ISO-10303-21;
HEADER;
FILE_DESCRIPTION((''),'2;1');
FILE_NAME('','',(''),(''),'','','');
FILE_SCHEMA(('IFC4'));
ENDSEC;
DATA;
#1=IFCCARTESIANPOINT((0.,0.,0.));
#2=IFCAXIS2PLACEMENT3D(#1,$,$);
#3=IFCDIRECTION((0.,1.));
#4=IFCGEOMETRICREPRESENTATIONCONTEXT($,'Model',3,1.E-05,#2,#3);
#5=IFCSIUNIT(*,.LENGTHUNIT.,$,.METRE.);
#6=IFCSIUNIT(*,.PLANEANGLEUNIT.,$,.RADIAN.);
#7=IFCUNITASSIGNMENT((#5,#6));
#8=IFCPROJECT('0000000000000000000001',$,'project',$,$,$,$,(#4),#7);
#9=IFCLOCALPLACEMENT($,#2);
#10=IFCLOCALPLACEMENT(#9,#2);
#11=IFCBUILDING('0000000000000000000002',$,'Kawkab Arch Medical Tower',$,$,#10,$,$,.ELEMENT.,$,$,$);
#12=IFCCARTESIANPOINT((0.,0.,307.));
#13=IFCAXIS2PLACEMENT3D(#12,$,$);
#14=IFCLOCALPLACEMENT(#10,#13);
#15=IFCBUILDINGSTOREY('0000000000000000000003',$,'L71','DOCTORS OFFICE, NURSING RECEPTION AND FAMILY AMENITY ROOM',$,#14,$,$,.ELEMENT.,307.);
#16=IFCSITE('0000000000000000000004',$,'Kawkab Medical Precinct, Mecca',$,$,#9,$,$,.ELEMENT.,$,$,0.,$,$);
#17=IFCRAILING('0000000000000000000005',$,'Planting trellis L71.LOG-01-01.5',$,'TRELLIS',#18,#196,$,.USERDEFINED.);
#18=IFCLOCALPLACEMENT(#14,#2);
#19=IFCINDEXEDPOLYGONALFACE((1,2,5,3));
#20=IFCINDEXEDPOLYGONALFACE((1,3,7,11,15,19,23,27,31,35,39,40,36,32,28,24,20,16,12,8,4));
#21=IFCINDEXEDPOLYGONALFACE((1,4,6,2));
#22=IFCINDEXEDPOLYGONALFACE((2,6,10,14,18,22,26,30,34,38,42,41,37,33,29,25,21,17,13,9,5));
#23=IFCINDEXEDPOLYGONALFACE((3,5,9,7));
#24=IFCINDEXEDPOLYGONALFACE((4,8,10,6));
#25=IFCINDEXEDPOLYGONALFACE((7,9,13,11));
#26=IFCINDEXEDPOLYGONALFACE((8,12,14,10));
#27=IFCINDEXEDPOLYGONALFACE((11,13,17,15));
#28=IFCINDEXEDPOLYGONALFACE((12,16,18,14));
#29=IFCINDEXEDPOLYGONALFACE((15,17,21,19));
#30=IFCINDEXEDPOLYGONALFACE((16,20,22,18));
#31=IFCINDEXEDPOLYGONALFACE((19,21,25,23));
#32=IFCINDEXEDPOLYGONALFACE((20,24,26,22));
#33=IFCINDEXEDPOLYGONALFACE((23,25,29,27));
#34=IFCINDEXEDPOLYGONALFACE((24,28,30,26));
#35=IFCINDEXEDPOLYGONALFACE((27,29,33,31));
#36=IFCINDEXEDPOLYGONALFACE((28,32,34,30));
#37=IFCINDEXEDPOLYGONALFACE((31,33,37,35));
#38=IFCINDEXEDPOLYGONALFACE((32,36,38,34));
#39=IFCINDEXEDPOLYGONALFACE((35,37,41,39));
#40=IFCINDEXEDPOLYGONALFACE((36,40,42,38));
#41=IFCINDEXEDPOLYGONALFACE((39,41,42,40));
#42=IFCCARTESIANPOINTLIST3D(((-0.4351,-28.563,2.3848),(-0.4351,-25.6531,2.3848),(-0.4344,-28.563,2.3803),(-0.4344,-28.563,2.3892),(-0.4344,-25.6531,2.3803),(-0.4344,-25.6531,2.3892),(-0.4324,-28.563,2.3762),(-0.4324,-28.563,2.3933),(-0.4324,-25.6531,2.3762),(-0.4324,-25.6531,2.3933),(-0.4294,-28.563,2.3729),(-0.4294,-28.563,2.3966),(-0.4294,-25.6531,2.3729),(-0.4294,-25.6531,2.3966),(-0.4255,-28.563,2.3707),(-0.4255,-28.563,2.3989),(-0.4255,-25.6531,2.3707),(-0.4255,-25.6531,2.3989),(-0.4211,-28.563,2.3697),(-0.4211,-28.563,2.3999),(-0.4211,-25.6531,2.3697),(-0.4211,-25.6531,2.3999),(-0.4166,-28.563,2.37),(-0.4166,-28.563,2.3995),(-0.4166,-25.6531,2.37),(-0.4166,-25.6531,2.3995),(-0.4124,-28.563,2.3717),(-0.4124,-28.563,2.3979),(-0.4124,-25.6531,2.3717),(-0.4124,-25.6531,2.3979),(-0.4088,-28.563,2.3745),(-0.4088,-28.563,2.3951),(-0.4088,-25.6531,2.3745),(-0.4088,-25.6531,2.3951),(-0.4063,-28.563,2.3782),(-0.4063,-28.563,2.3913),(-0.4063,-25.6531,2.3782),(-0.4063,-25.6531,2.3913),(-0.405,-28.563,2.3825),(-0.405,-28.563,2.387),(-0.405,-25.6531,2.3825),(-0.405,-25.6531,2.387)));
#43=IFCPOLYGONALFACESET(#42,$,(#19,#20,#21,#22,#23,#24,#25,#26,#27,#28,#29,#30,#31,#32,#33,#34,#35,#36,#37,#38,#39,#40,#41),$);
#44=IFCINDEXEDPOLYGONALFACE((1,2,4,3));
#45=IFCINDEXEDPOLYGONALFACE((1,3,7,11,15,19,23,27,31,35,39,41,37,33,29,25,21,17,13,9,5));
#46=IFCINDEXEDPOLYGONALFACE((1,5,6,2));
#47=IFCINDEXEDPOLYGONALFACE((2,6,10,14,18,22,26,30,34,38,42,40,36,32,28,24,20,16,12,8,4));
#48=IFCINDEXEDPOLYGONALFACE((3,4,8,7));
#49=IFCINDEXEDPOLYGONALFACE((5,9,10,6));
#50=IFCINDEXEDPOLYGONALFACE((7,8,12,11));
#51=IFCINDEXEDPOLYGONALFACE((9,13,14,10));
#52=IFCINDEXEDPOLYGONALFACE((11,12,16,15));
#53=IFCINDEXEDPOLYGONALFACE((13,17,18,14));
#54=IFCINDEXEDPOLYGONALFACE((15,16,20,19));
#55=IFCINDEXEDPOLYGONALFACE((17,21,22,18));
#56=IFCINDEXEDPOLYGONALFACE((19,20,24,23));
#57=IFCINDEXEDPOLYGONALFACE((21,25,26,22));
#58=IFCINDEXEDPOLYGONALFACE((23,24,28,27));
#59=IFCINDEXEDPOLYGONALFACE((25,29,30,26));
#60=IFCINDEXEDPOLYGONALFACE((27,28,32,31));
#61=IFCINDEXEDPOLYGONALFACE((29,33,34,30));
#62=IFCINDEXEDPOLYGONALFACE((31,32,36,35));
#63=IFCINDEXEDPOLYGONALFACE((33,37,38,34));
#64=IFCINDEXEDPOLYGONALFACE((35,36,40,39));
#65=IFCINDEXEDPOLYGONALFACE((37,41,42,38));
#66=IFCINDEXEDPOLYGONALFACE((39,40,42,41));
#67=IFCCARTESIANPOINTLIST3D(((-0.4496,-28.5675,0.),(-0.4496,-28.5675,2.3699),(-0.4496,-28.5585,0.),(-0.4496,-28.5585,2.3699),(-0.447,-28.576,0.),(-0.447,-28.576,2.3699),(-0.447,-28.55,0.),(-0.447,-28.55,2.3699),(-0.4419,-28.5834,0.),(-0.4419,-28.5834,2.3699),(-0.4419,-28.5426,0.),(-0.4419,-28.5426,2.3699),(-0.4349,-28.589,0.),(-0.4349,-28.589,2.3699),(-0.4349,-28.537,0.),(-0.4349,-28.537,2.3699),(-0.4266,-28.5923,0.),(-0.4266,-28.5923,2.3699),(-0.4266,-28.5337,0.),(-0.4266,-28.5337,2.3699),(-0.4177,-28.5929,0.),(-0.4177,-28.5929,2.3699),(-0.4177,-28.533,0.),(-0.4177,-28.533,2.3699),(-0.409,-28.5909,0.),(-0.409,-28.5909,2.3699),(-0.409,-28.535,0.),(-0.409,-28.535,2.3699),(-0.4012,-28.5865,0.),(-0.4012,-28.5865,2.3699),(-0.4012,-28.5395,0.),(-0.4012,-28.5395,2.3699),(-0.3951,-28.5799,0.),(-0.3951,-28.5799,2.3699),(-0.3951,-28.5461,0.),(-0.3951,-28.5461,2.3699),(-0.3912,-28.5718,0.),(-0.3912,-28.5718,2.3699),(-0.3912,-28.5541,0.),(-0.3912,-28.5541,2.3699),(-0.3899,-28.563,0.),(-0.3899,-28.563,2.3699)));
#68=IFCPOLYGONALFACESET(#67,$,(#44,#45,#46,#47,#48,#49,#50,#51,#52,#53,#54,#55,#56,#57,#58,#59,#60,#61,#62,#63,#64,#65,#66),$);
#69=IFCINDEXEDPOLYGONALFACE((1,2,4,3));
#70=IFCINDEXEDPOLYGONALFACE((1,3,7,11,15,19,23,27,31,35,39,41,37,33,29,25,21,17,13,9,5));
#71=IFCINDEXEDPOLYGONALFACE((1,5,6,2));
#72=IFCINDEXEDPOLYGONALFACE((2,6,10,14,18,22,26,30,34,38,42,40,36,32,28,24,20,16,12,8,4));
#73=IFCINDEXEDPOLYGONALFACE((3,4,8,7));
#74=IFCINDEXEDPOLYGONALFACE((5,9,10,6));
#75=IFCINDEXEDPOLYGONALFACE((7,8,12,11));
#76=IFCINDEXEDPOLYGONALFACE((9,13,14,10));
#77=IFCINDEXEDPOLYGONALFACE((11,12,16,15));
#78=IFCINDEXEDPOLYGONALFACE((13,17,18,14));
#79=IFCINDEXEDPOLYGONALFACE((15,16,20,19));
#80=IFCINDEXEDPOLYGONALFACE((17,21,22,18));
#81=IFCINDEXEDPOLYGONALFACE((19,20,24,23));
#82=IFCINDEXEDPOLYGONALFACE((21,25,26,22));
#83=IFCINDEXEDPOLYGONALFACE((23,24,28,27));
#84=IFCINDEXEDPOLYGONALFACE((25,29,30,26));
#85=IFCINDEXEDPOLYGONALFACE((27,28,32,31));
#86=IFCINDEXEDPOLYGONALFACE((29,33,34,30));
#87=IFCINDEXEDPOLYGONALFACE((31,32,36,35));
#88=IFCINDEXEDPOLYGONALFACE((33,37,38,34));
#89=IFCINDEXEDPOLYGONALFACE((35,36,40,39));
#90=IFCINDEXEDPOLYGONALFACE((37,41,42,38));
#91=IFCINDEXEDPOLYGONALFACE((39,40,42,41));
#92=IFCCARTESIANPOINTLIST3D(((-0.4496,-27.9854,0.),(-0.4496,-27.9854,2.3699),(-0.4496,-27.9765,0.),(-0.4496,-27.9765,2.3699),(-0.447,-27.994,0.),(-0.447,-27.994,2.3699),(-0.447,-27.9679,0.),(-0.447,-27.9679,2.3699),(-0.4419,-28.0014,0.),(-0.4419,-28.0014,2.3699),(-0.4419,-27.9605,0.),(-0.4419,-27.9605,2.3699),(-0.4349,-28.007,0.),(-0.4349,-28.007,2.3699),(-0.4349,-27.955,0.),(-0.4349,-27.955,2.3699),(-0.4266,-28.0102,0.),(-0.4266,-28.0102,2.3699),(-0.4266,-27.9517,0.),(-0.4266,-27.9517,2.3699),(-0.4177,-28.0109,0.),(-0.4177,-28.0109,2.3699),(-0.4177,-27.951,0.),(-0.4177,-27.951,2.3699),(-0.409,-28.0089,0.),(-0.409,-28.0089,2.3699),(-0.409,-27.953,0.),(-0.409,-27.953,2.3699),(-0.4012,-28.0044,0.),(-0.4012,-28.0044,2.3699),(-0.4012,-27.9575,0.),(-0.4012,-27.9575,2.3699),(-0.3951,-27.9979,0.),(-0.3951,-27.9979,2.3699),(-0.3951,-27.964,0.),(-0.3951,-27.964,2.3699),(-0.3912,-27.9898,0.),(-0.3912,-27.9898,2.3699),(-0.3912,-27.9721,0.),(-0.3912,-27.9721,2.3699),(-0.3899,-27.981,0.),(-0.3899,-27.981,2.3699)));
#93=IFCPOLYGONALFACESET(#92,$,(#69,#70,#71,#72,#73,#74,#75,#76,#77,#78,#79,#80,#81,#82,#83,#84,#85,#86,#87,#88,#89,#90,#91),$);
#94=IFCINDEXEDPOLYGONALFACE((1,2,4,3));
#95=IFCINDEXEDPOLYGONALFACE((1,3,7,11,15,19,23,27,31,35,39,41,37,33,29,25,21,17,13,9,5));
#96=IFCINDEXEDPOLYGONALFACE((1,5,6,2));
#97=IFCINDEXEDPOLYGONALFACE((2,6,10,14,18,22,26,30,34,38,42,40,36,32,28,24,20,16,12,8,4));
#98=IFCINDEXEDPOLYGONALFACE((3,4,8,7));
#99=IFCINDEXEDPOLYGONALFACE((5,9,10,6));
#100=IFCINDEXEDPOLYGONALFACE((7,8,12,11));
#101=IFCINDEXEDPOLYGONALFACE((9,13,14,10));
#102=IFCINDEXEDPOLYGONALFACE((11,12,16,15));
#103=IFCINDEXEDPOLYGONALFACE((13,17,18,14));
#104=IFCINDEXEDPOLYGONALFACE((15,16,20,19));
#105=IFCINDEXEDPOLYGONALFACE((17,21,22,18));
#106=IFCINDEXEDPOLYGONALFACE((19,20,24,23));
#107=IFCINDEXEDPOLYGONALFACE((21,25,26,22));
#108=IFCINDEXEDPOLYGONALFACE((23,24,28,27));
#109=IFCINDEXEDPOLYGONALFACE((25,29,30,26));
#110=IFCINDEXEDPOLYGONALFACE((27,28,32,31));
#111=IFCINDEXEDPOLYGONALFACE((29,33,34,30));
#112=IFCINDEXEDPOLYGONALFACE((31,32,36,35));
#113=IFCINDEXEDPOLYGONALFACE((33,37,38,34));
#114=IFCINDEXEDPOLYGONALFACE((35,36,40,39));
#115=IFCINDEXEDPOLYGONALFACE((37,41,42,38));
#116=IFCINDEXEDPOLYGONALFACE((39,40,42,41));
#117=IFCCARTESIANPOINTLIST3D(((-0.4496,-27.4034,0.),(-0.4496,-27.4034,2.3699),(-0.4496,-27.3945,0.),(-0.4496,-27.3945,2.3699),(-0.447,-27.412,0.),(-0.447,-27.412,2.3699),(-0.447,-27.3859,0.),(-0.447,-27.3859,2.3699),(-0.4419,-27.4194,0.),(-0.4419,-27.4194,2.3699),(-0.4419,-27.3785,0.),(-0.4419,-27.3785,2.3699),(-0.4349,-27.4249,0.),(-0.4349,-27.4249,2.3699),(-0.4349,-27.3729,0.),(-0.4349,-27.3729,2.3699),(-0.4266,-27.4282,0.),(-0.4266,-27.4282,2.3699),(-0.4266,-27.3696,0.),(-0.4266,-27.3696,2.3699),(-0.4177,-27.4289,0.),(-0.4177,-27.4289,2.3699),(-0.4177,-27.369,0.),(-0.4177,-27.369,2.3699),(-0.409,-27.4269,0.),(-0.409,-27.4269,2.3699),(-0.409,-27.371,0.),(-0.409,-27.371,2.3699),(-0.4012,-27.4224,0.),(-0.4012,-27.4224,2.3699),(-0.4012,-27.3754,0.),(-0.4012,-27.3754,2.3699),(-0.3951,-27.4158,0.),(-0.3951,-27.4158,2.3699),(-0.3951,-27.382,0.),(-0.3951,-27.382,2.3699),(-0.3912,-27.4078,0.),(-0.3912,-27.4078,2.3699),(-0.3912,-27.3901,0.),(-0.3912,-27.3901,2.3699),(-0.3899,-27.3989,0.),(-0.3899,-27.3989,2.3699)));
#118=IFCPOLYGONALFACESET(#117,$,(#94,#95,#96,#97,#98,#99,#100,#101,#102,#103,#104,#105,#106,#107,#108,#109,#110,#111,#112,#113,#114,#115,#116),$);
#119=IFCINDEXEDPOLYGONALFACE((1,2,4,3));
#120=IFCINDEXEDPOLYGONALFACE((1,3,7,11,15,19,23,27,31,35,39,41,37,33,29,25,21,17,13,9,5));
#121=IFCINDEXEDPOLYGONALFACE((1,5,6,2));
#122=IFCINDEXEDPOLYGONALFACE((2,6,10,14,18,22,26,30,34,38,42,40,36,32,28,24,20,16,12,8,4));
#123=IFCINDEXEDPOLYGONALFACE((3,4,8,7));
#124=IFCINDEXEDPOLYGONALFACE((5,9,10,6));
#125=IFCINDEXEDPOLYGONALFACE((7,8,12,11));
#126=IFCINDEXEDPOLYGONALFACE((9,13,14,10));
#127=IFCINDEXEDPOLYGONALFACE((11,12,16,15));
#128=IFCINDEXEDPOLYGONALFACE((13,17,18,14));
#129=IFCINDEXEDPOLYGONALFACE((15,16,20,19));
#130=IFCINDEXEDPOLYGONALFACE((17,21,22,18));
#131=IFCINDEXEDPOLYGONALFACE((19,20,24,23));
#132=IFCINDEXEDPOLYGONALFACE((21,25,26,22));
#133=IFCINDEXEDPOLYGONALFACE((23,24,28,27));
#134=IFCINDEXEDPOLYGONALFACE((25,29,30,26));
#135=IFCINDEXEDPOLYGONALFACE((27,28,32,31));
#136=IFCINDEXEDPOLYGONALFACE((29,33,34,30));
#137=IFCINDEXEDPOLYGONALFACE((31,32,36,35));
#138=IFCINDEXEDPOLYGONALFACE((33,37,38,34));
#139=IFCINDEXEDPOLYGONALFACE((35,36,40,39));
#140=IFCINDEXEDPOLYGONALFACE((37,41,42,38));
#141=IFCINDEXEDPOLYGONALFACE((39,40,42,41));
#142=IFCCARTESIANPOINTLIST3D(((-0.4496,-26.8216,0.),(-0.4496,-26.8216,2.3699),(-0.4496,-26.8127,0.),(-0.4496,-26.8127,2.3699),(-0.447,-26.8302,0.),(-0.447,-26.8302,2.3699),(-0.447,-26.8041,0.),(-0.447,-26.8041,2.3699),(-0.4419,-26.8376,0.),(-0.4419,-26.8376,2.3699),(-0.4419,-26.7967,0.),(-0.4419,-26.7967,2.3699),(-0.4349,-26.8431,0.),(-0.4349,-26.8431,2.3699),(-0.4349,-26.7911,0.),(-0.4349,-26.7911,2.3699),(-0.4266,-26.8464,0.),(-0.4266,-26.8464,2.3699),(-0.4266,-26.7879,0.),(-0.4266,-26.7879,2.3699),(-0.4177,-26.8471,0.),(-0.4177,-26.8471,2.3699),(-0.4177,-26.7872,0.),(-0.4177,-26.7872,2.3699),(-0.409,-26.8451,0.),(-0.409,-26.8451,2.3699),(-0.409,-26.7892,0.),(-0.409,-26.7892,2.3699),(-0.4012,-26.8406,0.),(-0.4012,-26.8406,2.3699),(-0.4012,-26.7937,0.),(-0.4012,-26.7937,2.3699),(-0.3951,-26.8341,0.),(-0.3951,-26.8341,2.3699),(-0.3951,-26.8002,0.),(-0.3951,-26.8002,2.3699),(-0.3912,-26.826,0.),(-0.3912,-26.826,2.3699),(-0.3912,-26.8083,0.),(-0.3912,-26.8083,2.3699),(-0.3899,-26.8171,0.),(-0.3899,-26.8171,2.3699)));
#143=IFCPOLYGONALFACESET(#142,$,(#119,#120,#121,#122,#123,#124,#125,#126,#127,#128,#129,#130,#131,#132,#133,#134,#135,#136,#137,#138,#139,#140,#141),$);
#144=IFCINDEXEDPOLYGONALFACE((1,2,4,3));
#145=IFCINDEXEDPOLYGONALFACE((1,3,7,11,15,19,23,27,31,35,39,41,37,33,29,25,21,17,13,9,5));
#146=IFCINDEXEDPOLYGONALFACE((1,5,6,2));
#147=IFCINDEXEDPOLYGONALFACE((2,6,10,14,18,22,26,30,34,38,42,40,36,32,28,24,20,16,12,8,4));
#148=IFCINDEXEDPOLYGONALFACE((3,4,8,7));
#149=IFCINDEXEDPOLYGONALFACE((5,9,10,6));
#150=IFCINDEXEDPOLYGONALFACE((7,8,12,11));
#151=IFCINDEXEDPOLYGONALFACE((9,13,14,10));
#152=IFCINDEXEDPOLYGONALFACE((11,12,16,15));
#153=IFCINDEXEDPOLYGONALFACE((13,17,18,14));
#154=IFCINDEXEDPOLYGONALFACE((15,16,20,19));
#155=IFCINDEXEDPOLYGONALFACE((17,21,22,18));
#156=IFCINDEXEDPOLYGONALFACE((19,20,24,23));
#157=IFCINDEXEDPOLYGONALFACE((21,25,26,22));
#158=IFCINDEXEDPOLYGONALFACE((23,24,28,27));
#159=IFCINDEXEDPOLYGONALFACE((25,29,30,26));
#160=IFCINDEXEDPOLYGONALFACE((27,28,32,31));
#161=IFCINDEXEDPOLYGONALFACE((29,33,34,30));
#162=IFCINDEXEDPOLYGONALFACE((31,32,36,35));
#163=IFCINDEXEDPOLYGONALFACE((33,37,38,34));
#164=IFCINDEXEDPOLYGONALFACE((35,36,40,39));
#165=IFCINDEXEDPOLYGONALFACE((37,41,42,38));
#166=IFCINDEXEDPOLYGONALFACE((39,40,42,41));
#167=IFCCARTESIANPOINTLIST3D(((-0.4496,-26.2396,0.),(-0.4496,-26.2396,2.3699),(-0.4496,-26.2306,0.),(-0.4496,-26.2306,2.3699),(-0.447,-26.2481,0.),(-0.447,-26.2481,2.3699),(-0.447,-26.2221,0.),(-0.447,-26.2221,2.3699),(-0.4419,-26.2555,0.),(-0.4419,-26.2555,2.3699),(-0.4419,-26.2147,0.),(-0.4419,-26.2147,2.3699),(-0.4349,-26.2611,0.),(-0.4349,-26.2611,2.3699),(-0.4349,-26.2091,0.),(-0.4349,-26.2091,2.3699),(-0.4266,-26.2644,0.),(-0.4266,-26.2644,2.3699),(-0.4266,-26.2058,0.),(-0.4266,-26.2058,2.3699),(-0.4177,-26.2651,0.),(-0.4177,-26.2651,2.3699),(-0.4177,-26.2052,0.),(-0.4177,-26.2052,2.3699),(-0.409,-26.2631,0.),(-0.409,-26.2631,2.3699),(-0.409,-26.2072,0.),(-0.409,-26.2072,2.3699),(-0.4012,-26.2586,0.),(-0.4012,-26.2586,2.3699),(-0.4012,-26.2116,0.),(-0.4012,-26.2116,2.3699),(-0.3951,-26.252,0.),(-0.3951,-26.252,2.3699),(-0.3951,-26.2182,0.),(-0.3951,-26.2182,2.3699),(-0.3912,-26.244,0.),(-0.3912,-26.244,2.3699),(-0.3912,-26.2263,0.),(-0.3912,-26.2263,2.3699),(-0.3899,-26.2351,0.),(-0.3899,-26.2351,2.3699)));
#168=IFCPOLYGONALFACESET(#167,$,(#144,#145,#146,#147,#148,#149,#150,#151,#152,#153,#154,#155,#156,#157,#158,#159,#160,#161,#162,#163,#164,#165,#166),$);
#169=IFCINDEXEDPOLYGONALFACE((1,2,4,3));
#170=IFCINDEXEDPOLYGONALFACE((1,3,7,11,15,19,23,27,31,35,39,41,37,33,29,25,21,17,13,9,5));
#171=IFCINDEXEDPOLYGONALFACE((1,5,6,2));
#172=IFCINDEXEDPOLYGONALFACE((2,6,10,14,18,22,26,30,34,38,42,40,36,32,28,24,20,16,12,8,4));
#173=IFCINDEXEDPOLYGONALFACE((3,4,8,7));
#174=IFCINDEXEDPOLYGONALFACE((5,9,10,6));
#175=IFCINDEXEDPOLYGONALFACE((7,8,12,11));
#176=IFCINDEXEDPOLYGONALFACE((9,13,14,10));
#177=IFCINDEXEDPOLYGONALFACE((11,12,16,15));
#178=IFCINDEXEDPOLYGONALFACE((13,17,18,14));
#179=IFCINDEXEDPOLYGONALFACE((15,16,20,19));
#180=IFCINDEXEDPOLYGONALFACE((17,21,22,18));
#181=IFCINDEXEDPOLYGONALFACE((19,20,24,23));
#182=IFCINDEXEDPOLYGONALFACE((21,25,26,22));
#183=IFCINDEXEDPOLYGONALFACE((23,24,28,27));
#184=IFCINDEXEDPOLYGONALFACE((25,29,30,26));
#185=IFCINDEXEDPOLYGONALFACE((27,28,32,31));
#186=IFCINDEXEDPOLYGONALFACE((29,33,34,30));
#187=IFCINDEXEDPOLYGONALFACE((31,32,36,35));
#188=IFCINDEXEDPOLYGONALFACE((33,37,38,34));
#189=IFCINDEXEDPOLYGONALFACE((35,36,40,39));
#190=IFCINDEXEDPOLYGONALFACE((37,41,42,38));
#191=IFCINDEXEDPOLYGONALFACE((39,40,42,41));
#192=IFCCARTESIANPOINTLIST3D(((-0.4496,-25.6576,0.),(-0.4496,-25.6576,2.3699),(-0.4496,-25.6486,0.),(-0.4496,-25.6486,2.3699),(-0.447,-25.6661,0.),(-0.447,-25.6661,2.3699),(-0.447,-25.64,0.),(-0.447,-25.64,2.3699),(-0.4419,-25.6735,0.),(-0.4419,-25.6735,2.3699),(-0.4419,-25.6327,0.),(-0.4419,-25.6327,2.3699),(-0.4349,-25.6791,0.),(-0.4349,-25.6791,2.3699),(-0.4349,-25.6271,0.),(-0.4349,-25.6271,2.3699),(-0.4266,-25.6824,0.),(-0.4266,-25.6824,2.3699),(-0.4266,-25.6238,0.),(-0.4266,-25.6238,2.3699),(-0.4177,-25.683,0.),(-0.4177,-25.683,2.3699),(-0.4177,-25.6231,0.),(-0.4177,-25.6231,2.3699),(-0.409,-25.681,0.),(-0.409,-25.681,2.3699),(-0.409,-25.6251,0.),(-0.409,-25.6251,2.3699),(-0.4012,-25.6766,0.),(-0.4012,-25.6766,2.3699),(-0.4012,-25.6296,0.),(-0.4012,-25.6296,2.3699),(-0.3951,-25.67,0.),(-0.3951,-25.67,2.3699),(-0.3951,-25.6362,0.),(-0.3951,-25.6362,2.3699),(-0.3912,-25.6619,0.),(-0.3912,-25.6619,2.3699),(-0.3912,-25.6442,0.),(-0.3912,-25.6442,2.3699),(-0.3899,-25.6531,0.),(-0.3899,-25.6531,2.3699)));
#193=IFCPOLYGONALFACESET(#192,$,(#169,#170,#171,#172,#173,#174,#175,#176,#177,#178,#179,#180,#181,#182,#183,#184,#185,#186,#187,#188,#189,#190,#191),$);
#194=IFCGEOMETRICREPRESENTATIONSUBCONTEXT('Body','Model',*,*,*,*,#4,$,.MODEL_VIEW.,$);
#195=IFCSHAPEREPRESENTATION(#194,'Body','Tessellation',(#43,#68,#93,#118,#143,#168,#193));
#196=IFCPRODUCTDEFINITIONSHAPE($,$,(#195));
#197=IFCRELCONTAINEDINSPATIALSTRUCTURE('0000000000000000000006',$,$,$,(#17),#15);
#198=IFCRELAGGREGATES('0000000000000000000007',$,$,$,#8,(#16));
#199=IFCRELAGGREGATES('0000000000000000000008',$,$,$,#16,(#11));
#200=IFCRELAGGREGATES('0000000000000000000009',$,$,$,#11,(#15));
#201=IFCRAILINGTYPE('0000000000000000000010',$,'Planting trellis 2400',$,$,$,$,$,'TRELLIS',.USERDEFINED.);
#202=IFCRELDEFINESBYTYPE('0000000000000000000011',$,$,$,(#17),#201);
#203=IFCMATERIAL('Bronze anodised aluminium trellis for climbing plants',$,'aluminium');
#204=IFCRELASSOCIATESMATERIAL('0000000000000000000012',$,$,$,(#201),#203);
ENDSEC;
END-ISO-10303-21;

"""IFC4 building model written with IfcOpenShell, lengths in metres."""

from ifc_helpers import new_model, si_unit, direction, frame, origin, origin_2d, place, context, subcontext, project, spatial, circle, extrude, material, type_object, element, save


model = new_model("IFC4")

# Units and contexts
model_context = context("Model", 3, precision=1e-05, world=origin(), true_north=direction((0.0, 1.0)))
body_context = subcontext(model_context, "Body", "Model", "MODEL_VIEW")
ifc_project = project(units=[si_unit("LENGTHUNIT", "METRE"), si_unit("PLANEANGLEUNIT", "RADIAN")], contexts=[model_context])

# Site, building, storey
site_placement = place(None, origin())
site = spatial("IfcSite", under=ifc_project, at=site_placement, Name="Kawkab Medical Precinct, Mecca", CompositionType="ELEMENT", RefElevation=0.0)
building_placement = place(site_placement, origin())
building = spatial("IfcBuilding", under=site, at=building_placement, Name="Kawkab Arch Medical Tower", CompositionType="ELEMENT")
storey_placement = place(building_placement, frame((0.0, 0.0, 307.0)))
storey = spatial("IfcBuildingStorey", under=building, at=storey_placement, Name="L71", Description="DOCTORS OFFICE, NURSING RECEPTION AND FAMILY AMENITY ROOM", CompositionType="ELEMENT", Elevation=307.0)

# Railing
ifc_material_1 = material(Name="Bronze anodised aluminium trellis for climbing plants", Category="aluminium")
railing_type = type_object("IfcRailingType", Name="Planting trellis 2400", ElementType="TRELLIS", PredefinedType="USERDEFINED", material=ifc_material_1)
railing_1_placement = place(storey_placement, frame((-0.4199, -28.563, 0.0)))
element("IfcRailing", 1, at=railing_1_placement, inside=storey, type_object=railing_type, Name="Planting trellis L71.LOG-01-01.5", ObjectType="TRELLIS", PredefinedType="USERDEFINED", context=body_context, shape_type="SweptSolid", body=[
    extrude(circle(Radius=0.0151, at=origin_2d()), frame((0.0, 0.0, 2.3848), z_axis=(0.0, 1.0, 0.0), x_axis=(-1.0, 0.0, 0.0)), (0.0, 0.0, 1.0), 2.9099),
    extrude(circle(Radius=0.03, at=origin_2d()), origin(), (0.0, 0.0, 1.0), 2.3699),
    extrude(circle(Radius=0.03, at=origin_2d()), frame((0.0, 0.582, 0.0)), (0.0, 0.0, 1.0), 2.3699),
    extrude(circle(Radius=0.03, at=origin_2d()), frame((0.0, 1.1641, 0.0)), (0.0, 0.0, 1.0), 2.3699),
    extrude(circle(Radius=0.03, at=origin_2d()), frame((0.0, 1.7458, 0.0)), (0.0, 0.0, 1.0), 2.3699),
    extrude(circle(Radius=0.03, at=origin_2d()), frame((0.0, 2.3279, 0.0)), (0.0, 0.0, 1.0), 2.3699),
    extrude(circle(Radius=0.03, at=origin_2d()), frame((0.0, 2.9099, 0.0)), (0.0, 0.0, 1.0), 2.3699),
])

save(model, "model.ifc")
